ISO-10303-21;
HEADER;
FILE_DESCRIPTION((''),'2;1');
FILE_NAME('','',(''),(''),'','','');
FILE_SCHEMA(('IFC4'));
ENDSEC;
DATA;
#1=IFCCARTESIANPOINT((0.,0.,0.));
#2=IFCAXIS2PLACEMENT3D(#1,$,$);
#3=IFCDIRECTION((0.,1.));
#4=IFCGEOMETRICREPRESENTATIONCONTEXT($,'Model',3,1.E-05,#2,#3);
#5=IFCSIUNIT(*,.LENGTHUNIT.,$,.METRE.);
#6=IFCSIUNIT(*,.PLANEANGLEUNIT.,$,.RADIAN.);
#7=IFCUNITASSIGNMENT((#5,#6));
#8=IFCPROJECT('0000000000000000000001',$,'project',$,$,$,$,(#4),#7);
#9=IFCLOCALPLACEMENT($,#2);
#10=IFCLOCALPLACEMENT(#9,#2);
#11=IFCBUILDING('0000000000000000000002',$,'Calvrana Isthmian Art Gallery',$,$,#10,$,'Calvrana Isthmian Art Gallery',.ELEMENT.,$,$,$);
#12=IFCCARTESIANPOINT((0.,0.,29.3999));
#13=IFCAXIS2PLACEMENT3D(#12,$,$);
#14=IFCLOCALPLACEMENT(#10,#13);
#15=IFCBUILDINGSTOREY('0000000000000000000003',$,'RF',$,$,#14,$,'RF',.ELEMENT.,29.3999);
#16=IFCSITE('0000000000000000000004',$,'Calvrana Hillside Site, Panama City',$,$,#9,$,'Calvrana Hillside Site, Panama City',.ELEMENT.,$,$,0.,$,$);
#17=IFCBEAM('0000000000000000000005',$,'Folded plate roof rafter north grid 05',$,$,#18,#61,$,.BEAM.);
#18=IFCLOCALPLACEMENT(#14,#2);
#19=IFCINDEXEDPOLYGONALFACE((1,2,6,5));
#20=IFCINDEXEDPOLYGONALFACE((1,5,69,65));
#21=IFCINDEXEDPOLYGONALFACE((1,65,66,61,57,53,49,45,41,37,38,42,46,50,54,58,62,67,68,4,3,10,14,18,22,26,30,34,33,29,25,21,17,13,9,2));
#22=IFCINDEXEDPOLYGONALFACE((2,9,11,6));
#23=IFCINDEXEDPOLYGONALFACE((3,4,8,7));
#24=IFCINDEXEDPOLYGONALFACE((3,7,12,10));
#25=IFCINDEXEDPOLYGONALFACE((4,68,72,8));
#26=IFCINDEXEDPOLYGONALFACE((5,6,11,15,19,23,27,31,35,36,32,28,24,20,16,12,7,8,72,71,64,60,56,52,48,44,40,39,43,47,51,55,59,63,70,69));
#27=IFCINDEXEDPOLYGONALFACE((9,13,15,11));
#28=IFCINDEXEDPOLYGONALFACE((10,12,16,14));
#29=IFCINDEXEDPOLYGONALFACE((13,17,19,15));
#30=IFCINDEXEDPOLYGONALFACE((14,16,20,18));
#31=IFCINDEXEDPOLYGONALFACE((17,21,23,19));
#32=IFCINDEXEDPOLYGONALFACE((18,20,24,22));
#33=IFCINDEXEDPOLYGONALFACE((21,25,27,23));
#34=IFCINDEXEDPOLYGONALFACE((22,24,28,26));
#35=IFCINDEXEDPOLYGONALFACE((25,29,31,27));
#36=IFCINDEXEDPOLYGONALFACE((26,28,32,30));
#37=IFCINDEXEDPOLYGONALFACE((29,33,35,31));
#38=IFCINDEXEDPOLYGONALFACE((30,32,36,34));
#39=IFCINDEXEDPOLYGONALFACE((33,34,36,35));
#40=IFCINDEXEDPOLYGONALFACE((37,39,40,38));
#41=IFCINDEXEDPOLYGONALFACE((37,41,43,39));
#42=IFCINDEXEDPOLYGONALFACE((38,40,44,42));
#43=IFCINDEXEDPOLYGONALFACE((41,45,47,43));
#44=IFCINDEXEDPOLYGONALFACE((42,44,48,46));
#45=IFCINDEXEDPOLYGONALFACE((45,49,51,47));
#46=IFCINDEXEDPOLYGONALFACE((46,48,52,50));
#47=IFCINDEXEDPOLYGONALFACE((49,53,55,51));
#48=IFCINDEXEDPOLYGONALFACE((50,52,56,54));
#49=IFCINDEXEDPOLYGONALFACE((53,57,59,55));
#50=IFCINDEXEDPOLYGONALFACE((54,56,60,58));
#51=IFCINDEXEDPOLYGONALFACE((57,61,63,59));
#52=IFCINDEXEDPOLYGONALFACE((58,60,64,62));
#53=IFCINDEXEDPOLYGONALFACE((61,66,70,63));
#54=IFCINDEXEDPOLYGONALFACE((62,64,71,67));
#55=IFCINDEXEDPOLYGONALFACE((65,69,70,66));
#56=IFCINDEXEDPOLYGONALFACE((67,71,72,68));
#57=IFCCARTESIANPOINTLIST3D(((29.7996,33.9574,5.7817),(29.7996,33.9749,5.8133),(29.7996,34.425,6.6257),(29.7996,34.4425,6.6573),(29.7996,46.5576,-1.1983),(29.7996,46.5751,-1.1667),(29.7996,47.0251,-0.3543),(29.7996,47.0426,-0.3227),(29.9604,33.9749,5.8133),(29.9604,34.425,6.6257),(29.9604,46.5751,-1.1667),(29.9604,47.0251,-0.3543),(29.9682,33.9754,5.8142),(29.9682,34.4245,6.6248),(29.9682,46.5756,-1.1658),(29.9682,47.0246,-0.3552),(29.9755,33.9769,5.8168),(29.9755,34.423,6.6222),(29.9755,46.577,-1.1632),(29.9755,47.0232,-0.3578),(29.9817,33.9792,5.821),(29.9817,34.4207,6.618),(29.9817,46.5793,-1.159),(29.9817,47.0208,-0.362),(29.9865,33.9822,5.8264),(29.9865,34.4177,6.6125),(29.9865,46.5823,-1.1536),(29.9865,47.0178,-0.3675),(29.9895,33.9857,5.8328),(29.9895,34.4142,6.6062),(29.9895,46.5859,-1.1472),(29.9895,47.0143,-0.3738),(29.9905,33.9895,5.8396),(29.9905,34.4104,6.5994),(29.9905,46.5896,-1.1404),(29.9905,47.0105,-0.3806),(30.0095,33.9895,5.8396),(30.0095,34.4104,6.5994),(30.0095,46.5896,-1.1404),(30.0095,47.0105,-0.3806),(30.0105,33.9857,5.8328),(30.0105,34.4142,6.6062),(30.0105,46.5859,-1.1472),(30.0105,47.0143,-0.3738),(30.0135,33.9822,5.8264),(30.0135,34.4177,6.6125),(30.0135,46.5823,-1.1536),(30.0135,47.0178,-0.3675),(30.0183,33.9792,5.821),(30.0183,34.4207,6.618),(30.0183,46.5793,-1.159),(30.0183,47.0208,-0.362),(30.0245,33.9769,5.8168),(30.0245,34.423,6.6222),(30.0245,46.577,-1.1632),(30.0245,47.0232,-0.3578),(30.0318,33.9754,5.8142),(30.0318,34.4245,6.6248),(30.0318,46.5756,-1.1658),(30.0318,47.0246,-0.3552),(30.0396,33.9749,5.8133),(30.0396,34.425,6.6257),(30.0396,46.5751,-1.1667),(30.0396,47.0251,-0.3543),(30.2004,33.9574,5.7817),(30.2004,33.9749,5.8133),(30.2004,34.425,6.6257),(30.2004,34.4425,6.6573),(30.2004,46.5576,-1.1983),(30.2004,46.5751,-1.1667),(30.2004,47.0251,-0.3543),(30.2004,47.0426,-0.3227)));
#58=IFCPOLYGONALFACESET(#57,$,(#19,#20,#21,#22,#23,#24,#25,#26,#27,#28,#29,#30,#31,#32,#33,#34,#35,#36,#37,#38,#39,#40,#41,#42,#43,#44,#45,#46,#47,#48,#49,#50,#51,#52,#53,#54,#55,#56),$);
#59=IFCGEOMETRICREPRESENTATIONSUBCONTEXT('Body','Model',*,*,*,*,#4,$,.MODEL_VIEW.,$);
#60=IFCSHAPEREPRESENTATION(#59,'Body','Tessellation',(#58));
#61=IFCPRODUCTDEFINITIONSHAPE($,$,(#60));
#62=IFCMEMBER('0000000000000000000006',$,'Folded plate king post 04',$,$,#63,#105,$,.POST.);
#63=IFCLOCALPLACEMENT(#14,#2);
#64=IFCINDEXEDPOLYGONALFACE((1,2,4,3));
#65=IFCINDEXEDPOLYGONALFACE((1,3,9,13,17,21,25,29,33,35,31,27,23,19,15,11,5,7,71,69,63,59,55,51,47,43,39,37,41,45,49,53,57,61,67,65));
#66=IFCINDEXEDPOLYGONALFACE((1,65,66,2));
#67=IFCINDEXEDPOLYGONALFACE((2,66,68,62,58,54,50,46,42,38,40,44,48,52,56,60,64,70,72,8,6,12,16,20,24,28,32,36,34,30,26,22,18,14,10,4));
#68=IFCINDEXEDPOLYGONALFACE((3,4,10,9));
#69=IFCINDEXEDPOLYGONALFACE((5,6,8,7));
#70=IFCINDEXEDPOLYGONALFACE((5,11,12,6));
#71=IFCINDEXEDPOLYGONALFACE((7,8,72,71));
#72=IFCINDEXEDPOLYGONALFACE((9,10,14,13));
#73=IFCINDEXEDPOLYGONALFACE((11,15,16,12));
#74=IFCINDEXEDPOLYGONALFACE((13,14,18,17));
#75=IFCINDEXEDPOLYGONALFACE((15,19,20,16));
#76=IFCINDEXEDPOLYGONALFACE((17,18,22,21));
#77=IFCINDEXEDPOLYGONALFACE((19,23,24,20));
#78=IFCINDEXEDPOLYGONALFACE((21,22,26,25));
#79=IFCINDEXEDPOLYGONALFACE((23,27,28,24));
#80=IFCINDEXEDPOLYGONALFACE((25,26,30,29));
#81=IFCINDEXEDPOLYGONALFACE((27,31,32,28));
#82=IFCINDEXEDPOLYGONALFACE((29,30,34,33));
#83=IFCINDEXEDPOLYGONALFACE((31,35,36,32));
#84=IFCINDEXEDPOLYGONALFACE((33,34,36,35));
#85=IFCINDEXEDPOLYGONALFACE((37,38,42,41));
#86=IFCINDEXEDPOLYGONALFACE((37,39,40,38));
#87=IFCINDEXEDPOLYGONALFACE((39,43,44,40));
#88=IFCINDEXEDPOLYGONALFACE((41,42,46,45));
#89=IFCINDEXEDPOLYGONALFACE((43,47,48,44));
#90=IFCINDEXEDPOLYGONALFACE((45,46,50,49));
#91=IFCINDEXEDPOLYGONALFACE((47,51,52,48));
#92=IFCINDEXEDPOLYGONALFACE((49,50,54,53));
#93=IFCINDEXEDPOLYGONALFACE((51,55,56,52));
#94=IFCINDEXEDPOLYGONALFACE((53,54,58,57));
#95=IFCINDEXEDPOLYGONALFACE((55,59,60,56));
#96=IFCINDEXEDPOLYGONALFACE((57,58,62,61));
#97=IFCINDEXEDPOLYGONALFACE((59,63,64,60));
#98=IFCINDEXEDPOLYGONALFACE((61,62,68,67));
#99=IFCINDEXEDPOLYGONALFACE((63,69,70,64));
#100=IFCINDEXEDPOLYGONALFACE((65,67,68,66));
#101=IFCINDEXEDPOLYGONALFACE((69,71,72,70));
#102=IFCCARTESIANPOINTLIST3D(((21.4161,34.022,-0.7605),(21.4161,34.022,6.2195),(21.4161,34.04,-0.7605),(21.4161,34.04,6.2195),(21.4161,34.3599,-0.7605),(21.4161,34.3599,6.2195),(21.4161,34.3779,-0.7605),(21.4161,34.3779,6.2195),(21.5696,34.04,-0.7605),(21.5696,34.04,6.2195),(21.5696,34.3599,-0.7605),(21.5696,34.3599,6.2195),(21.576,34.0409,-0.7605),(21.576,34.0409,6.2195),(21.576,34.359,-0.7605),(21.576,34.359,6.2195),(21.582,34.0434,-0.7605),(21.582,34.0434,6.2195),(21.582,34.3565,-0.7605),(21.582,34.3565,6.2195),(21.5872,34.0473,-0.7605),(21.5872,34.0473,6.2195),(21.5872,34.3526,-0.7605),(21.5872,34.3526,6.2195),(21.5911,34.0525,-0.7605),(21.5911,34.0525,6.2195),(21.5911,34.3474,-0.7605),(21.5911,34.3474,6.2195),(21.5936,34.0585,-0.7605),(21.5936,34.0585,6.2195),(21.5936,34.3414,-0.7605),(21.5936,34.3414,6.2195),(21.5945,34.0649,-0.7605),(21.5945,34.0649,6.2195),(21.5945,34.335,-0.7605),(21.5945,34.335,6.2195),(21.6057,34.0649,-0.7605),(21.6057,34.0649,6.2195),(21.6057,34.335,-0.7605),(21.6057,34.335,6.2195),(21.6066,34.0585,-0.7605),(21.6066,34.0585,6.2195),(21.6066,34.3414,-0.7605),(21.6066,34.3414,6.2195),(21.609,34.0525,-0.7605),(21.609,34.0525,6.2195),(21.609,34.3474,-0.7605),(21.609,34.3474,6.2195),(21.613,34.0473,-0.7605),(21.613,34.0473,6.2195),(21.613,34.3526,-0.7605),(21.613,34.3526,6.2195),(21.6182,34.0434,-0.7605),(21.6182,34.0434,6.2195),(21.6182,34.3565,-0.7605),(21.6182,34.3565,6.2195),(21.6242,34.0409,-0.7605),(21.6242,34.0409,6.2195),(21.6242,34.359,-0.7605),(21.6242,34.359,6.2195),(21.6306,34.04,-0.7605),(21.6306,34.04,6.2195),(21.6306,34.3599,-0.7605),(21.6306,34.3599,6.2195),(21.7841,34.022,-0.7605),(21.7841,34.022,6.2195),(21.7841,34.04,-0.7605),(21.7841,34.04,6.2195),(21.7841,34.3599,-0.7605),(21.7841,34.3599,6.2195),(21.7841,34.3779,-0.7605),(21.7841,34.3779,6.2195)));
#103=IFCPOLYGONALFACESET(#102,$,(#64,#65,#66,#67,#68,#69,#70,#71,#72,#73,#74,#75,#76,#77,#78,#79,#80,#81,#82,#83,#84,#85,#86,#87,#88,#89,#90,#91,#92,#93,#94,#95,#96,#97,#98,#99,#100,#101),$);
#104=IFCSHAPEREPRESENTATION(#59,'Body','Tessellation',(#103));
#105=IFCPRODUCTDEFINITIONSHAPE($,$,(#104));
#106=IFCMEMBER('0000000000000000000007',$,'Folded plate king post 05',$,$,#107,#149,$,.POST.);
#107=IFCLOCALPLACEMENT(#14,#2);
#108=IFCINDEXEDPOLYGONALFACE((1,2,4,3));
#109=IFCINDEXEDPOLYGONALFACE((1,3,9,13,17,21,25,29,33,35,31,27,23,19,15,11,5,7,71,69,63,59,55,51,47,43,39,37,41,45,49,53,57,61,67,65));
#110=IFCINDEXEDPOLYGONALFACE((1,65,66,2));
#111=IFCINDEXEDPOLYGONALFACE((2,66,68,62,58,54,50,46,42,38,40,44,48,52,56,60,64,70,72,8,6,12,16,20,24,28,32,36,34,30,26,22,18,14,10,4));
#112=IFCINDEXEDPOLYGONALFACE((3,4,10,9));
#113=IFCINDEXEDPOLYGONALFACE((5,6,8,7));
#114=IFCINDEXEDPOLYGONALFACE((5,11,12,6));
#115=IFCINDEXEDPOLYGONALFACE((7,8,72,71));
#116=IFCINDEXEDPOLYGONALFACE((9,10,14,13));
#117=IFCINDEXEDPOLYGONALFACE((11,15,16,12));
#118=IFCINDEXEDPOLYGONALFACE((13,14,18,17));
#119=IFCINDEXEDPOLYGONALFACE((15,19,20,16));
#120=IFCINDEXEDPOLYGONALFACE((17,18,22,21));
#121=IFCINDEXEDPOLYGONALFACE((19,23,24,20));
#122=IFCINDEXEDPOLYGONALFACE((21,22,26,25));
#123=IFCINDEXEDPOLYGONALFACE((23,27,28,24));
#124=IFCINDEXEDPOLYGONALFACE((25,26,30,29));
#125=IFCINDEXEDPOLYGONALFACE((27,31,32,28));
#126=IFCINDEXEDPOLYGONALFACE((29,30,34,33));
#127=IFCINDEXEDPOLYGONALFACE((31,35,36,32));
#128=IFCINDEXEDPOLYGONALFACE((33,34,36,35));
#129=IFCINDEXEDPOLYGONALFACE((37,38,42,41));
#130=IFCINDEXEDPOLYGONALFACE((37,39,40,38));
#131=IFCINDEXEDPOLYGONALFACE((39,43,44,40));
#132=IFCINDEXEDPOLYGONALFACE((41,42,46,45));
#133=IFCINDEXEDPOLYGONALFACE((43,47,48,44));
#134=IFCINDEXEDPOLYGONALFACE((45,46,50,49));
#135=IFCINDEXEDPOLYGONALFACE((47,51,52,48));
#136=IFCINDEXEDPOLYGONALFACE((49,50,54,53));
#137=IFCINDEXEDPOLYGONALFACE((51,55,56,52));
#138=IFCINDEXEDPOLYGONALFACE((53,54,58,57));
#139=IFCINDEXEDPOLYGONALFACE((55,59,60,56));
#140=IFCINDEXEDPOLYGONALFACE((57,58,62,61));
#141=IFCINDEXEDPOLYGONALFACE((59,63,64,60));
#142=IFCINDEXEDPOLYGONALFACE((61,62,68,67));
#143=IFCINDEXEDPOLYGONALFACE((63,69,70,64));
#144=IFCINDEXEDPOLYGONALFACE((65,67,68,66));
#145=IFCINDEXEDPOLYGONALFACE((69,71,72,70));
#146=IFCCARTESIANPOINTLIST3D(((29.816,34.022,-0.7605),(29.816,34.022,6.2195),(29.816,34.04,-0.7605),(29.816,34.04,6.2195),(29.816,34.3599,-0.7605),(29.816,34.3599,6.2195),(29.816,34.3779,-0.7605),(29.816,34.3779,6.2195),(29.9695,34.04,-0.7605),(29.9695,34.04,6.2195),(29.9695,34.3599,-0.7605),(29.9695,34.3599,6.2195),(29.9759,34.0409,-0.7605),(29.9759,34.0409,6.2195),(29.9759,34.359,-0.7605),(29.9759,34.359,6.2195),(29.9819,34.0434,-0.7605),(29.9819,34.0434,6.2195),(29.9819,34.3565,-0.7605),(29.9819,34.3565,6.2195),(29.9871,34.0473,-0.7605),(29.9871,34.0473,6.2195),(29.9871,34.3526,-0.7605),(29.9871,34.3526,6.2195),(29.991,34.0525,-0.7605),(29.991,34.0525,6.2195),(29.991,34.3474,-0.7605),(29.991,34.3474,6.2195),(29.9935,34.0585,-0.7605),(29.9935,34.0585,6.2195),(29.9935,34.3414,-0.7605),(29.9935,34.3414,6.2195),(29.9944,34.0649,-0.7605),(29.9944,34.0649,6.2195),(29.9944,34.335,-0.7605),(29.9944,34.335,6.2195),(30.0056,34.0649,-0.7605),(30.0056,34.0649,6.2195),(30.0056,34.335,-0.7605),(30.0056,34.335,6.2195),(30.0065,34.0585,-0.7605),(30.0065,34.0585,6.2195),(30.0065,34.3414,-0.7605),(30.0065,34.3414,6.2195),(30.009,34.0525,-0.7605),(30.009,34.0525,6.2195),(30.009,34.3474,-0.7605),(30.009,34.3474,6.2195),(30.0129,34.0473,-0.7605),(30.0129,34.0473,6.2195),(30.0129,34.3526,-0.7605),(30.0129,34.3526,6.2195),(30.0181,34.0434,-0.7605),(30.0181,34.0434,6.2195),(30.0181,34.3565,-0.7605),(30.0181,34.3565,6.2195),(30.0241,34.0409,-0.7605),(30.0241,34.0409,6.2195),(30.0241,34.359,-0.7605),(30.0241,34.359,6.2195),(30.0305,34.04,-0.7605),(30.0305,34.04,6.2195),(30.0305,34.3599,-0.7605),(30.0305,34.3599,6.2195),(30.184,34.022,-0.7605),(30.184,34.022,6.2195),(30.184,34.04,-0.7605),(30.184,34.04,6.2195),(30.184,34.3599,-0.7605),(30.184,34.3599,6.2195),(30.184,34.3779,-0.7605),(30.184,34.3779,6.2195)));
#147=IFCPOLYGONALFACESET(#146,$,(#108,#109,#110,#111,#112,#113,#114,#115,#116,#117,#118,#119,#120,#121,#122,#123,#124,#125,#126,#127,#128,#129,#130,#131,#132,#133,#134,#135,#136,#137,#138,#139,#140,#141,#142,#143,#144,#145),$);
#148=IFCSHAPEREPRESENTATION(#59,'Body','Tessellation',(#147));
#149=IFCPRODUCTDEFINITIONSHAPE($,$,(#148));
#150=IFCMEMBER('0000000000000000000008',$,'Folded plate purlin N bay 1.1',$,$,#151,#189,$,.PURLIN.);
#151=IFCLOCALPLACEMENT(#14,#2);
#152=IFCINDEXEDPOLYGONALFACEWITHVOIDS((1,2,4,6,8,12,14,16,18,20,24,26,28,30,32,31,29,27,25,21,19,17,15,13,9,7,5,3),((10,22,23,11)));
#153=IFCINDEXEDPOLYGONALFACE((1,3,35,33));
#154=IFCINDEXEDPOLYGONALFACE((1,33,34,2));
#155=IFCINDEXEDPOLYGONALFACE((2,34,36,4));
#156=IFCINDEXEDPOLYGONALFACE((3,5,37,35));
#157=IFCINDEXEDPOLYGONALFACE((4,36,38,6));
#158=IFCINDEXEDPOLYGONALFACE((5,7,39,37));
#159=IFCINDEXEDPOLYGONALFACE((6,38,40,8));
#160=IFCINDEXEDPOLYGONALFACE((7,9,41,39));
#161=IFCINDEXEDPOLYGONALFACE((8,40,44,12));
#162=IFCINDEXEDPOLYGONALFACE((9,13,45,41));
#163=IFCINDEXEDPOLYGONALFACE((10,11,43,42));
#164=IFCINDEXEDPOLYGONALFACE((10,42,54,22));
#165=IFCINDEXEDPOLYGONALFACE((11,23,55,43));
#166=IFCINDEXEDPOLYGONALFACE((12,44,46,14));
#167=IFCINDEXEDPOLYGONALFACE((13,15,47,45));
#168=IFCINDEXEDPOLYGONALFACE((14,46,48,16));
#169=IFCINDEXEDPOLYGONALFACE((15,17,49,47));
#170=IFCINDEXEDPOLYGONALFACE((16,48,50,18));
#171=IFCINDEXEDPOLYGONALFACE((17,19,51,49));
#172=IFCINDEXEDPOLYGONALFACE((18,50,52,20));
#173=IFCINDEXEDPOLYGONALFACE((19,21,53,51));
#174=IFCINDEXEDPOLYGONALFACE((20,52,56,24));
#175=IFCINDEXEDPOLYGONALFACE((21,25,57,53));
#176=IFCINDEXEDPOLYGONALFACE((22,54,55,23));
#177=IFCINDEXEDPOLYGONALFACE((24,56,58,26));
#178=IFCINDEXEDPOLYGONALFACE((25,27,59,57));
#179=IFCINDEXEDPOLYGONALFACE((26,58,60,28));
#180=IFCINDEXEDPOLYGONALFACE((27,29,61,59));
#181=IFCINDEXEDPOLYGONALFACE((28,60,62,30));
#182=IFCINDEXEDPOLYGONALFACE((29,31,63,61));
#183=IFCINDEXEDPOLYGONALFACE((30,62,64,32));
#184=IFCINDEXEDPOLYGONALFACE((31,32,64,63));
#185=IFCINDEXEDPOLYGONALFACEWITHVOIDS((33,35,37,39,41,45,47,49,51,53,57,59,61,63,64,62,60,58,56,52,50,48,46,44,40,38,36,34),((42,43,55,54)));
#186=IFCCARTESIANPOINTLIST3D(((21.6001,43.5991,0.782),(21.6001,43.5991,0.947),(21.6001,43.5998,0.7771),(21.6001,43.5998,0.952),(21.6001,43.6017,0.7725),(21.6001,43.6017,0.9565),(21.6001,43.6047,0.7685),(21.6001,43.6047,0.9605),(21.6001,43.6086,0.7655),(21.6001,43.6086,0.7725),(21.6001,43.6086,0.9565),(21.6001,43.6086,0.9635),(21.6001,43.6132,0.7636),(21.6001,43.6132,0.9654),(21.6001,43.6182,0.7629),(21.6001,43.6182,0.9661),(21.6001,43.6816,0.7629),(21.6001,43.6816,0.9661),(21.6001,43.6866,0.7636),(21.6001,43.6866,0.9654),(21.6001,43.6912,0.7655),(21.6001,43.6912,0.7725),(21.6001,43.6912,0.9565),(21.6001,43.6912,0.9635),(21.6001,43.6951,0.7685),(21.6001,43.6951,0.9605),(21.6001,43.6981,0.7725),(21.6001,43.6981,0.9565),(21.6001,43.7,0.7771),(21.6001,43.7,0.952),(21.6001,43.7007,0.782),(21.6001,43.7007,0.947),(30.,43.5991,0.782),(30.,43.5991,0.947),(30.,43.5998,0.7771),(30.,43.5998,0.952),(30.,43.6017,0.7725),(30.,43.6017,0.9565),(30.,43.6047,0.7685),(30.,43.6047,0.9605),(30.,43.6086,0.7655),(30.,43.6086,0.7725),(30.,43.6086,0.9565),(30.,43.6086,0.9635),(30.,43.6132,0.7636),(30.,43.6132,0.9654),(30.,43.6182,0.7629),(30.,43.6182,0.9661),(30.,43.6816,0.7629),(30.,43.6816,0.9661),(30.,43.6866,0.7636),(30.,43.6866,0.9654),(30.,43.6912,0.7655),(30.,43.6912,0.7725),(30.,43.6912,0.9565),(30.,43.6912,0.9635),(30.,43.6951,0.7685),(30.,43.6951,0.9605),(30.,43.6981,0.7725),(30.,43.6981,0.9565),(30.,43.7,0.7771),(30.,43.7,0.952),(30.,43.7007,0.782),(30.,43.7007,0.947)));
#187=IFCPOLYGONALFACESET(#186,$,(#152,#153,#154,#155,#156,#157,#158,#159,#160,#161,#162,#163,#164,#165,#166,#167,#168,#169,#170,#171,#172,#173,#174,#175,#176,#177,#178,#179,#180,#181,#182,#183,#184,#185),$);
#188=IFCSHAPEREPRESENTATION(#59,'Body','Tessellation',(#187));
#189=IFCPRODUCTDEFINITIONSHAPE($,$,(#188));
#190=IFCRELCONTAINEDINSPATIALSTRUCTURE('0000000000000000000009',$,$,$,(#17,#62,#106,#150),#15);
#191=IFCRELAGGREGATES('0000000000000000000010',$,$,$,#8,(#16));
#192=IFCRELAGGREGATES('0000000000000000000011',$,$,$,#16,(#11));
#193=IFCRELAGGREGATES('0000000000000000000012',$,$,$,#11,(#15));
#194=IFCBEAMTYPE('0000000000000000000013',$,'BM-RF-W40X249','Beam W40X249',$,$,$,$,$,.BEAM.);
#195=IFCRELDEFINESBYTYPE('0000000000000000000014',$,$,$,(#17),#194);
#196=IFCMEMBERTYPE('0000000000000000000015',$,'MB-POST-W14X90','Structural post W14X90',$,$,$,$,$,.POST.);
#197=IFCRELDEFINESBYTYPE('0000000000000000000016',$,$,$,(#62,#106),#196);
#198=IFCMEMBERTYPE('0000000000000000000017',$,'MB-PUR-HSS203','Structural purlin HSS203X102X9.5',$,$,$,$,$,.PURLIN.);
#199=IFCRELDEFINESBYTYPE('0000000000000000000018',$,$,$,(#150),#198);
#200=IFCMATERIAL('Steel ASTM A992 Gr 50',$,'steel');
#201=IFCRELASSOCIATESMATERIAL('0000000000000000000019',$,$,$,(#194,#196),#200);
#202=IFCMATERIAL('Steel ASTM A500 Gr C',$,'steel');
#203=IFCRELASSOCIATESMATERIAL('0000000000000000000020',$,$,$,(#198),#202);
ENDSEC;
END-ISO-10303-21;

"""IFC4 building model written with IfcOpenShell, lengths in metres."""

from ifc_helpers import new_model, si_unit, direction, frame, origin, origin_2d, place, context, subcontext, project, spatial, hollow_rectangle, i_section, extrude, material, material_profile, profile_set, type_object, element, save


model = new_model("IFC4")

# Units and contexts
model_context = context("Model", 3, precision=1e-05, world=origin(), true_north=direction((0.0, 1.0)))
body_context = subcontext(model_context, "Body", "Model", "MODEL_VIEW")
ifc_project = project(units=[si_unit("LENGTHUNIT", "METRE"), si_unit("PLANEANGLEUNIT", "RADIAN")], contexts=[model_context])

# Site, building, storey
site_placement = place(None, origin())
site = spatial("IfcSite", under=ifc_project, at=site_placement, Name="Calvrana Hillside Site, Panama City", LongName="Calvrana Hillside Site, Panama City", CompositionType="ELEMENT", RefElevation=0.0)
building_placement = place(site_placement, origin())
building = spatial("IfcBuilding", under=site, at=building_placement, Name="Calvrana Isthmian Art Gallery", LongName="Calvrana Isthmian Art Gallery", CompositionType="ELEMENT")
storey_placement = place(building_placement, frame((0.0, 0.0, 29.3999)))
storey = spatial("IfcBuildingStorey", under=building, at=storey_placement, Name="RF", LongName="RF", CompositionType="ELEMENT", Elevation=29.3999)

# Beam
ifc_material_1 = material(Name="Steel ASTM A992 Gr 50", Category="steel")
ifc_material_profile_1 = material_profile(ifc_material_1, i_section(OverallWidth=0.4009, OverallDepth=1.001, WebThickness=0.019, FlangeThickness=0.0361, FilletRadius=0.03, at=origin_2d()), Name="W40X249")
ifc_profile_set_1 = profile_set([ifc_material_profile_1], Name="Steel ASTM A992 Gr 50")
beam_type_1 = type_object("IfcBeamType", Name="BM-RF-W40X249", Description="Beam W40X249", PredefinedType="BEAM", material=ifc_profile_set_1)
beam_placement = place(storey_placement, frame((30.0, 34.2, 6.2195), z_axis=(0.0, 0.874748, -0.484578), x_axis=(-1.0, 0.0, 0.0)))
element("IfcBeam", 1, at=beam_placement, inside=storey, type_object=beam_type_1, Name="Folded plate roof rafter north grid 05", PredefinedType="BEAM", context=body_context, shape_type="SweptSolid", body=[
    extrude(i_section(OverallWidth=0.4009, OverallDepth=1.001, WebThickness=0.019, FlangeThickness=0.0361, FilletRadius=0.03, at=origin_2d()), origin(), (0.0, 0.0, 1.0), 14.4043),
])

# Members
ifc_material_profile_2 = material_profile(ifc_material_1, i_section(OverallWidth=0.3679, OverallDepth=0.356, WebThickness=0.0112, FlangeThickness=0.0181, FilletRadius=0.0249, at=origin_2d()), Name="W14X90")
ifc_profile_set_2 = profile_set([ifc_material_profile_2], Name="Steel ASTM A992 Gr 50")
member_type_1 = type_object("IfcMemberType", Name="MB-POST-W14X90", Description="Structural post W14X90", PredefinedType="POST", material=ifc_profile_set_2)
for number, where, z_axis, x_axis, name in (
    (2, (21.6001, 34.2, -0.7605), (0.0, 0.0, 1.0), (1.0, 0.0, 0.0), "Folded plate king post 04"),
    (3, (30.0, 34.2, -0.7605), (0.0, 0.0, 1.0), (1.0, 0.0, 0.0), "Folded plate king post 05"),
):
    element("IfcMember", number, at=place(storey_placement, frame(where, z_axis=z_axis, x_axis=x_axis)), inside=storey, type_object=member_type_1, Name=name, PredefinedType="POST", context=body_context, shape_type="SweptSolid", body=[
        extrude(i_section(OverallWidth=0.3679, OverallDepth=0.356, WebThickness=0.0112, FlangeThickness=0.0181, FilletRadius=0.0249, at=origin_2d()), origin(), (0.0, 0.0, 1.0), 6.98),
    ])
ifc_material_2 = material(Name="Steel ASTM A500 Gr C", Category="steel")
ifc_material_profile_3 = material_profile(ifc_material_2, hollow_rectangle(XDim=0.1016, YDim=0.2031, WallThickness=0.0095, OuterFilletRadius=0.019, at=origin_2d()), Name="HSS203X102X9.5")
ifc_profile_set_3 = profile_set([ifc_material_profile_3], Name="Steel ASTM A500 Gr C")
member_type_2 = type_object("IfcMemberType", Name="MB-PUR-HSS203", Description="Structural purlin HSS203X102X9.5", PredefinedType="PURLIN", material=ifc_profile_set_3)
member_1_placement = place(storey_placement, frame((21.6001, 43.6499, 0.8645), z_axis=(1.0, 0.0, 0.0), x_axis=(0.0, 1.0, 0.0)))
element("IfcMember", 4, at=member_1_placement, inside=storey, type_object=member_type_2, Name="Folded plate purlin N bay 1.1", PredefinedType="PURLIN", context=body_context, shape_type="SweptSolid", body=[
    extrude(hollow_rectangle(XDim=0.1016, YDim=0.2031, WallThickness=0.0095, OuterFilletRadius=0.019, at=origin_2d()), origin(), (0.0, 0.0, 1.0), 8.3999),
])

save(model, "model.ifc")
